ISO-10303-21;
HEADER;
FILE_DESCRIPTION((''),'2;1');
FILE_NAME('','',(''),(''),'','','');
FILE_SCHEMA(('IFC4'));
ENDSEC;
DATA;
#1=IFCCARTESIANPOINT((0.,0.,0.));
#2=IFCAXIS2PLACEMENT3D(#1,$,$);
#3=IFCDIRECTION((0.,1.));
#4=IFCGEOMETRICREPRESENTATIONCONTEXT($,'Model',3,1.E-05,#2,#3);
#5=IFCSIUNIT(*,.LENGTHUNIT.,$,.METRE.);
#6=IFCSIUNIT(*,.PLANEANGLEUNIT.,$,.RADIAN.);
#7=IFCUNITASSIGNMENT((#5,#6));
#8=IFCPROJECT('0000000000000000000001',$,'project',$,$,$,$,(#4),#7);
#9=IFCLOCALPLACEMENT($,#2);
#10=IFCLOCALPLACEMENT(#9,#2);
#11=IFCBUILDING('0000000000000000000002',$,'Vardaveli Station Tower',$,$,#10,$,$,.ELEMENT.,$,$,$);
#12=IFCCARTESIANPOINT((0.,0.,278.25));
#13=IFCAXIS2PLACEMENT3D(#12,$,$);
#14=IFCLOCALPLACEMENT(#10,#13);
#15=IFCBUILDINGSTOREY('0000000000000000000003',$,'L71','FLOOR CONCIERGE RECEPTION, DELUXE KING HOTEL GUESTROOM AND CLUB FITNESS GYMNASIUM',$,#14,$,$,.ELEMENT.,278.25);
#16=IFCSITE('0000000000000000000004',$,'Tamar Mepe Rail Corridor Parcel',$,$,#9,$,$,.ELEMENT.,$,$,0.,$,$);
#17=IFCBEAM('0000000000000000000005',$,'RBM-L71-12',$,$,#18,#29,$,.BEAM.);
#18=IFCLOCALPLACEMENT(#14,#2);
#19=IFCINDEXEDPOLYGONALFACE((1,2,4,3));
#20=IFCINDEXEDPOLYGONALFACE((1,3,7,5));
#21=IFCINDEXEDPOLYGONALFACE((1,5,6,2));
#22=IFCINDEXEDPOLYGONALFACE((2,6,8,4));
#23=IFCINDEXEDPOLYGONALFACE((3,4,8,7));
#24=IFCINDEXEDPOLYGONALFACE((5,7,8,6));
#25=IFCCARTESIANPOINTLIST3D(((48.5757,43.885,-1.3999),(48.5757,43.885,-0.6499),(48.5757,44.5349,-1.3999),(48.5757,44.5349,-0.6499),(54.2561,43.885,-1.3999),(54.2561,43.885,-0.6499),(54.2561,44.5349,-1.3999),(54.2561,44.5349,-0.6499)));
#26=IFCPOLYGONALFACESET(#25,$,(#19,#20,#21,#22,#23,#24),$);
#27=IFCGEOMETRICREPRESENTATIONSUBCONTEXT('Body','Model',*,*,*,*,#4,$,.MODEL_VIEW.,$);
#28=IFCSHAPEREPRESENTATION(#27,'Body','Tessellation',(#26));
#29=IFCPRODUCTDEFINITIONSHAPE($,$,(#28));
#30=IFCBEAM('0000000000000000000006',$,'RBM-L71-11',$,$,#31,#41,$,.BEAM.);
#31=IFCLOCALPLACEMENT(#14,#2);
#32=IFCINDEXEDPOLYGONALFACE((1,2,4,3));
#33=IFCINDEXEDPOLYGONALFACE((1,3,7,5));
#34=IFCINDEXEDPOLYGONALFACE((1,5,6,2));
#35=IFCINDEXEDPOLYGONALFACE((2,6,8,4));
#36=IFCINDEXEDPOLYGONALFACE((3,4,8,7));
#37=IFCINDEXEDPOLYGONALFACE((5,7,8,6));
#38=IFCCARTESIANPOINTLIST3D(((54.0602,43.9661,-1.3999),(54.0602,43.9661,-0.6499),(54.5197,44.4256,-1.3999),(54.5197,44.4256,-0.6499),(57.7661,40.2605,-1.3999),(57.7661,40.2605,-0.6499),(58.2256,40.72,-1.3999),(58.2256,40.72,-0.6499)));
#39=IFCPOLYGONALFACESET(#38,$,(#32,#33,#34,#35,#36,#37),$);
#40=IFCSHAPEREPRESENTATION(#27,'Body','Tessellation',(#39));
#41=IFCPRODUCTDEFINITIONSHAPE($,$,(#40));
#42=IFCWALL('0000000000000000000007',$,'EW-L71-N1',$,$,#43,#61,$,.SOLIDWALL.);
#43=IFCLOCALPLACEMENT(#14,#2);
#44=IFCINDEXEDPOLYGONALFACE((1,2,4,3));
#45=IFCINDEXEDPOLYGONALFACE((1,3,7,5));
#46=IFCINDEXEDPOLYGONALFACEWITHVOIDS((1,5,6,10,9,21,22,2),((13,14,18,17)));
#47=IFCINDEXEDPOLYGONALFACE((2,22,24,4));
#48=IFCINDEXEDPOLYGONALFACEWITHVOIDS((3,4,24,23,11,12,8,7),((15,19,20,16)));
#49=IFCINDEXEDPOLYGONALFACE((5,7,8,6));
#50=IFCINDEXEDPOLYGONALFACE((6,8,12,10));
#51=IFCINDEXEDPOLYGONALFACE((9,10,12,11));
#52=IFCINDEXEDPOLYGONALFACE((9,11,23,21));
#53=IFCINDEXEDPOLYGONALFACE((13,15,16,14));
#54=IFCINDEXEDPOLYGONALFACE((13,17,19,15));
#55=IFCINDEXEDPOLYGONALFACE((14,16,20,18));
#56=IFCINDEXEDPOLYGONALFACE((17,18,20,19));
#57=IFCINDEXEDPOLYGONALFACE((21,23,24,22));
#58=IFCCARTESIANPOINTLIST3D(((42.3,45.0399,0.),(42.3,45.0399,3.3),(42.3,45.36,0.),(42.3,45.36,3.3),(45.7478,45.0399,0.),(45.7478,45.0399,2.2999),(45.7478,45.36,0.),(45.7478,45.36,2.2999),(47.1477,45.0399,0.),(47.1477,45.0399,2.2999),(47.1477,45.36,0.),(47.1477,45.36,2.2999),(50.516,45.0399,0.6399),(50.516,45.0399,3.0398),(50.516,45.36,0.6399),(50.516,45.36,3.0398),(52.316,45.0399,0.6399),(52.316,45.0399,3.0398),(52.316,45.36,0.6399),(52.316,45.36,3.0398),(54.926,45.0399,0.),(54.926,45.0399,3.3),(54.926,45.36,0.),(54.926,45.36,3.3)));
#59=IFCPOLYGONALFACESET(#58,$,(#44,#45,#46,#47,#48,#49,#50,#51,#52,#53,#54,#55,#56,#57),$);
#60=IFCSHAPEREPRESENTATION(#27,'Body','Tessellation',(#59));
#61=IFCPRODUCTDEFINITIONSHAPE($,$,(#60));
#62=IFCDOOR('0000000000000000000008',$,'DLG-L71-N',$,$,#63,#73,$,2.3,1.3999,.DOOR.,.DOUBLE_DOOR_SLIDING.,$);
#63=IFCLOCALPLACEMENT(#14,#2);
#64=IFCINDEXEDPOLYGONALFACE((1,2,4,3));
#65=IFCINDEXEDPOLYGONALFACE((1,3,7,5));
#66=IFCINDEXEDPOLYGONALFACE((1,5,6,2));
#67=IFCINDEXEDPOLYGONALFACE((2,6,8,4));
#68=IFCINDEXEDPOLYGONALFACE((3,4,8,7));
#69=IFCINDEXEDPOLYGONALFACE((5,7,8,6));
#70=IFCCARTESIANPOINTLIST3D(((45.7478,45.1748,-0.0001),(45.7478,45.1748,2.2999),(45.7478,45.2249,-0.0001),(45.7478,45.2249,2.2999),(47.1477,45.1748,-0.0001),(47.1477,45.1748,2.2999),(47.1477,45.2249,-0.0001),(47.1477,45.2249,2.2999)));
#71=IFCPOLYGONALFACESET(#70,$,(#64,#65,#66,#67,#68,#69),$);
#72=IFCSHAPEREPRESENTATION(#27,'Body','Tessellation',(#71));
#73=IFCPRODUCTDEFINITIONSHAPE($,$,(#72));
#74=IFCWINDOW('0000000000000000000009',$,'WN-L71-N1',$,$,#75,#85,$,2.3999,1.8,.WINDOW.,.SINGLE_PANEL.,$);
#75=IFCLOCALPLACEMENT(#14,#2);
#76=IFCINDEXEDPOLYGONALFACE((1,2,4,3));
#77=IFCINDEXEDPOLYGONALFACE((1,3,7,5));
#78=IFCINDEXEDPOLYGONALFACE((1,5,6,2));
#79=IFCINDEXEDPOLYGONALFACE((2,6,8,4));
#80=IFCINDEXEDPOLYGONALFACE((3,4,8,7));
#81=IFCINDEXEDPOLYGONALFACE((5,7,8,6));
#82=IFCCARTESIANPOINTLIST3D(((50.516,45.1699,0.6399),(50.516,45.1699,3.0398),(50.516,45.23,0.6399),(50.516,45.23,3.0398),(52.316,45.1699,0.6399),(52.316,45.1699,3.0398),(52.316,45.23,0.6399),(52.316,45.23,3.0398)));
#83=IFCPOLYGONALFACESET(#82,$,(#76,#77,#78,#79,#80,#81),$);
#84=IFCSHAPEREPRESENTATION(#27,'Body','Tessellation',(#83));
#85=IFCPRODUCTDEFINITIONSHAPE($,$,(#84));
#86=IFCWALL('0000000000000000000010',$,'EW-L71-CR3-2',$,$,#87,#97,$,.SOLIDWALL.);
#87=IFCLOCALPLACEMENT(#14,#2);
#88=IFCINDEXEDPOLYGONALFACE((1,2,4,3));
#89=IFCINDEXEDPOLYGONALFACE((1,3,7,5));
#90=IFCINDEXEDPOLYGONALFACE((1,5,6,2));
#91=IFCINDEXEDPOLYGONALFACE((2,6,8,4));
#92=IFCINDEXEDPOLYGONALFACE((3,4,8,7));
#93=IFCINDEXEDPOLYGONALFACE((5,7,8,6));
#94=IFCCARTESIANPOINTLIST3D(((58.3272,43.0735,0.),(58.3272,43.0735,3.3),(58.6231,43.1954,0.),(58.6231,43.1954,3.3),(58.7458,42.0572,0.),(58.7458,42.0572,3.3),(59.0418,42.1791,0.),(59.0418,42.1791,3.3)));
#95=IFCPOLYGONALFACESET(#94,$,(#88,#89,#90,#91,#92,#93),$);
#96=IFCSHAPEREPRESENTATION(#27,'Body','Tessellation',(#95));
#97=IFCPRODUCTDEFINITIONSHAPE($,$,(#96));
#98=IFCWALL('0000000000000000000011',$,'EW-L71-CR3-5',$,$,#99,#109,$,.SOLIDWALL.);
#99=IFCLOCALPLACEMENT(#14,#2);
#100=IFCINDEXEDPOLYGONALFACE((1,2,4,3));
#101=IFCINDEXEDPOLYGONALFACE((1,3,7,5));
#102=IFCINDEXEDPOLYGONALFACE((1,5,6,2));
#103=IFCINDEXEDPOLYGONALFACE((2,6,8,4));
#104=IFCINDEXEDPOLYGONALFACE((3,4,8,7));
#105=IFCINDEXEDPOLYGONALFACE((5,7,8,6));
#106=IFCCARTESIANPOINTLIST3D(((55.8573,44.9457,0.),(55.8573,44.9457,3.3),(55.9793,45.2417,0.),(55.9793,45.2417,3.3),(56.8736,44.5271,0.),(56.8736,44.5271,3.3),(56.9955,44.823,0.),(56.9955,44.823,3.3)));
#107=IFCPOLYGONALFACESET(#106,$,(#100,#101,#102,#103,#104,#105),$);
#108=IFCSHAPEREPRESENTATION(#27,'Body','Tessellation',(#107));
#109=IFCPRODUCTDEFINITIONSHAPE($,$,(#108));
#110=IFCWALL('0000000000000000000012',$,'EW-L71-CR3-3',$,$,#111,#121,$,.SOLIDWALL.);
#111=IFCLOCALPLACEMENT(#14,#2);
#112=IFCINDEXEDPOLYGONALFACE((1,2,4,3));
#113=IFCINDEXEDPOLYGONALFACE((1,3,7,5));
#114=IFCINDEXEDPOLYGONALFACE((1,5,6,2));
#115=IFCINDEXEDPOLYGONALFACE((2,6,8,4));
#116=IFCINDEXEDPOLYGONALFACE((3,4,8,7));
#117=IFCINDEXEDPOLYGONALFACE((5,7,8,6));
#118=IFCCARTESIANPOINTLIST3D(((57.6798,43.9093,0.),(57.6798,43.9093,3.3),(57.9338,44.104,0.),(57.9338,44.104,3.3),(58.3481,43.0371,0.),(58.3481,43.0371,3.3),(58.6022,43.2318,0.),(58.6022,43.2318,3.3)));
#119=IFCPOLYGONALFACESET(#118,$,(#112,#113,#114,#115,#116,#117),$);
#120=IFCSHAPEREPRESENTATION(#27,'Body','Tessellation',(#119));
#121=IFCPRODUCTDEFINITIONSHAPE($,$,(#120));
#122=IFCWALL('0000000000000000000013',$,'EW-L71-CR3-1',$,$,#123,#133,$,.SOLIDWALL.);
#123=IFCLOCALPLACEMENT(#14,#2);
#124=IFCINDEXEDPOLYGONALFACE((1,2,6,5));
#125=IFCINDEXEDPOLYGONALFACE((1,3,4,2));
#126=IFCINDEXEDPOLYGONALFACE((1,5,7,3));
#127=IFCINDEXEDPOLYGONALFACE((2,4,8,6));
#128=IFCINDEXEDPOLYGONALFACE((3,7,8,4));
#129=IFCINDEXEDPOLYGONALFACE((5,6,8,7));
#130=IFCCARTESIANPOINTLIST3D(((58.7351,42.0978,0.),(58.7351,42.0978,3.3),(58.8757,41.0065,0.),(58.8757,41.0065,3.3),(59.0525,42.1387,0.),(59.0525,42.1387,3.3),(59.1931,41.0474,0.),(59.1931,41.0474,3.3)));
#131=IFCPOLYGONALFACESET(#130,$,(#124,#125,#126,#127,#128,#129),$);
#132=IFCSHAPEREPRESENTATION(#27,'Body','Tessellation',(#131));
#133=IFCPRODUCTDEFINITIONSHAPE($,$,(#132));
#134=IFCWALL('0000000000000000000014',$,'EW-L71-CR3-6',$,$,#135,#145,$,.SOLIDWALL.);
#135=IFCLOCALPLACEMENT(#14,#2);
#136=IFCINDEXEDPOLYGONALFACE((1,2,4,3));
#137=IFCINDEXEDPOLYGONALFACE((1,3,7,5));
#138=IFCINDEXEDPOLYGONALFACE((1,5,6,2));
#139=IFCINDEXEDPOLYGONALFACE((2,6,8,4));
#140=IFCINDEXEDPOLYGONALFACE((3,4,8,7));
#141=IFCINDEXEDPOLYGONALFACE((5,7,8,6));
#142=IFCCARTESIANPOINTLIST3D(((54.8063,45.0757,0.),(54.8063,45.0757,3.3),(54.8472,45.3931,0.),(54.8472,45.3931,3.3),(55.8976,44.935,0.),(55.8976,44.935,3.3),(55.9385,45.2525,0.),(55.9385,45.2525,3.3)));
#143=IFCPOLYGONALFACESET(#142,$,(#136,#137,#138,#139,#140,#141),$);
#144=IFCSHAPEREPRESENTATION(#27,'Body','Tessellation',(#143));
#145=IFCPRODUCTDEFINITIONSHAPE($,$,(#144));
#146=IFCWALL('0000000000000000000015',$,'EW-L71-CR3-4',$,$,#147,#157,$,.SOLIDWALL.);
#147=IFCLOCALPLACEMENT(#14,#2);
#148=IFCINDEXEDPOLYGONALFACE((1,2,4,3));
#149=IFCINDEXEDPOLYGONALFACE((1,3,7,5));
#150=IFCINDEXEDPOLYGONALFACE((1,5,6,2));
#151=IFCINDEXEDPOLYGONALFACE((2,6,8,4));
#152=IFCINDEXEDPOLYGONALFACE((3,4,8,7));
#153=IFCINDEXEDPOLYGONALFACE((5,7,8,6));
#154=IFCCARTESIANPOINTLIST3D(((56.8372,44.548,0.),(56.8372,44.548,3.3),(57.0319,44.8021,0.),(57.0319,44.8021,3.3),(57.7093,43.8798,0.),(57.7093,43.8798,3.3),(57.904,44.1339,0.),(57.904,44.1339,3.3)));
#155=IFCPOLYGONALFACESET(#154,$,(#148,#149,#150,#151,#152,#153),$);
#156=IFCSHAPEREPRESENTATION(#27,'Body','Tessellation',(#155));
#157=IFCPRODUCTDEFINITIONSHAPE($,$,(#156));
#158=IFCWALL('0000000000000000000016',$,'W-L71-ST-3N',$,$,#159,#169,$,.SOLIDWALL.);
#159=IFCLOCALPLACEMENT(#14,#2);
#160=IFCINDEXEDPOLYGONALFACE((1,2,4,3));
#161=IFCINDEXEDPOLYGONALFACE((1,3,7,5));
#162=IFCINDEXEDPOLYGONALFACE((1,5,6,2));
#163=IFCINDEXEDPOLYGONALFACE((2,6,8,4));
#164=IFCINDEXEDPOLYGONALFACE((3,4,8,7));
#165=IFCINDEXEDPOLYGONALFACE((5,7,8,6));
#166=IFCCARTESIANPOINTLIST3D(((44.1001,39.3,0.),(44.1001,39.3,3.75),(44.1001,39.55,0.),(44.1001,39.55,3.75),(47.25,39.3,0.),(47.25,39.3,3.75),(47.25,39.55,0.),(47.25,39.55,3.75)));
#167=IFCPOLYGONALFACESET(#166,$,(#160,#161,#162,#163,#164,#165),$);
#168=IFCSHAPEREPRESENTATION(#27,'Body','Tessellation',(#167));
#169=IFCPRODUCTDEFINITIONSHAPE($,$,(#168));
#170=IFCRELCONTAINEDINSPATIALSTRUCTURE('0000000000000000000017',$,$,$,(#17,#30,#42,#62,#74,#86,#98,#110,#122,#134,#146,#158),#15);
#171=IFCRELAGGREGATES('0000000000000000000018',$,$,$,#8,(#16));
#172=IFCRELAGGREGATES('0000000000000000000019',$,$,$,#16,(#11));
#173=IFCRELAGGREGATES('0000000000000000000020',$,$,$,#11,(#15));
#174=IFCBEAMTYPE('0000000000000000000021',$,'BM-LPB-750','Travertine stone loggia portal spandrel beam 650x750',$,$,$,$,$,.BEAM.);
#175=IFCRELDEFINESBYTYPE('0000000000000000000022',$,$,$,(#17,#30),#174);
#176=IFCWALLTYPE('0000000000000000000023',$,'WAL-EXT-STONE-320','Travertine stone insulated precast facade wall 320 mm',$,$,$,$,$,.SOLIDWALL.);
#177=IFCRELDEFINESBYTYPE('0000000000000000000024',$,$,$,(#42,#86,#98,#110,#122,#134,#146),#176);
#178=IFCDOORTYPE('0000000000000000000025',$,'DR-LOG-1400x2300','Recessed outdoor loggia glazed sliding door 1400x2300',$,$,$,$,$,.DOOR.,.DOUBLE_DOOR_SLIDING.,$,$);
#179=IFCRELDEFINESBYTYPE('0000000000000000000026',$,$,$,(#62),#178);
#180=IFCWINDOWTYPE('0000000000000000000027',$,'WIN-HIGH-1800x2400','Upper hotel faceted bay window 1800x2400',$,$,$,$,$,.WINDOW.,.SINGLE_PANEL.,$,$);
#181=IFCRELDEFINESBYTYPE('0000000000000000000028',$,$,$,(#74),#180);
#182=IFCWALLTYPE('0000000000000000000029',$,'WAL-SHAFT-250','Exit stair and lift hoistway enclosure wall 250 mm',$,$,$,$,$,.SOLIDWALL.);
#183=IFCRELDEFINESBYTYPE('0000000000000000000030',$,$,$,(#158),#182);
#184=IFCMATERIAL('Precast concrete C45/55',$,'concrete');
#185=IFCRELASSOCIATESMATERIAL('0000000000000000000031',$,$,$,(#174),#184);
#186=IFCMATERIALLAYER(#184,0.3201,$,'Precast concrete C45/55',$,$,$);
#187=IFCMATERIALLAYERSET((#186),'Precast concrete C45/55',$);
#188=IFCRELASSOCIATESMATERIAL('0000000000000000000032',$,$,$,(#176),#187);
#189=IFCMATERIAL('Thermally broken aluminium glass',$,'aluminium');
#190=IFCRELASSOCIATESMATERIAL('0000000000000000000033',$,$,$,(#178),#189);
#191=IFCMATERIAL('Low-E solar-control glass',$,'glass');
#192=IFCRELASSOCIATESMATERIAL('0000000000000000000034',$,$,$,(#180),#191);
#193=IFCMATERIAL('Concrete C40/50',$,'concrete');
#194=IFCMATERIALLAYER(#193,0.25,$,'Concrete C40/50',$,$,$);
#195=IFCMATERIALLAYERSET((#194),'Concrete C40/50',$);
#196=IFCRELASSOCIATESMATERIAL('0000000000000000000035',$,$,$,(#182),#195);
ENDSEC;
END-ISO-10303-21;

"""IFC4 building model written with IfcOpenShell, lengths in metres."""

from ifc_helpers import new_model, si_unit, direction, frame, frame_2d, origin, origin_2d, place, context, subcontext, project, spatial, rectangle, extrude, source, transform, mapped, material, layer, layer_set, material_profile, profile_set, type_object, element, fill, save


model = new_model("IFC4")

# Units and contexts
model_context = context("Model", 3, precision=1e-05, world=origin(), true_north=direction((0.0, 1.0)))
body_context = subcontext(model_context, "Body", "Model", "MODEL_VIEW")
ifc_project = project(units=[si_unit("LENGTHUNIT", "METRE"), si_unit("PLANEANGLEUNIT", "RADIAN")], contexts=[model_context])

# Site, building, storey
site_placement = place(None, origin())
site = spatial("IfcSite", under=ifc_project, at=site_placement, Name="Tamar Mepe Rail Corridor Parcel", CompositionType="ELEMENT", RefElevation=0.0)
building_placement = place(site_placement, origin())
building = spatial("IfcBuilding", under=site, at=building_placement, Name="Vardaveli Station Tower", CompositionType="ELEMENT")
storey_placement = place(building_placement, frame((0.0, 0.0, 278.25)))
storey = spatial("IfcBuildingStorey", under=building, at=storey_placement, Name="L71", Description="FLOOR CONCIERGE RECEPTION, DELUXE KING HOTEL GUESTROOM AND CLUB FITNESS GYMNASIUM", CompositionType="ELEMENT", Elevation=278.25)

# Beams
ifc_material_1 = material(Name="Precast concrete C45/55", Category="concrete")
ifc_material_profile_1 = material_profile(ifc_material_1, rectangle(XDim=0.6499, YDim=0.75, at=origin_2d()), Name="LPB 650x750")
ifc_profile_set_1 = profile_set([ifc_material_profile_1], Name="Precast concrete C45/55")
beam_type = type_object("IfcBeamType", Name="BM-LPB-750", Description="Travertine stone loggia portal spandrel beam 650x750", PredefinedType="BEAM", material=ifc_profile_set_1)
shared_shape_1 = source(origin(), body_context, "Body", "SweptSolid", [
    extrude(rectangle(XDim=0.6499, YDim=0.75, at=origin_2d()), origin(), (0.0, 0.0, 1.0), 5.6804),
])
beam_1_placement = place(storey_placement, frame((54.2561, 44.21, -1.0249), z_axis=(-1.0, 0.0, 0.0), x_axis=(0.0, -1.0, 0.0)))
element("IfcBeam", 1, at=beam_1_placement, inside=storey, type_object=beam_type, Name="RBM-L71-12", PredefinedType="BEAM", context=body_context, shape_type="MappedRepresentation", body=[
    mapped(shared_shape_1, transform((0.0, 0.0, 0.0), scale=1.0)),
])
shared_shape_2 = source(origin(), body_context, "Body", "SweptSolid", [
    extrude(rectangle(XDim=0.6499, YDim=0.75, at=origin_2d()), origin(), (0.0, 0.0, 1.0), 5.2407),
])
beam_2_placement = place(storey_placement, frame((57.9958, 40.4902, -1.0249), z_axis=(-0.70713, 0.707083, 0.0), x_axis=(-0.707083, -0.70713, 0.0)))
element("IfcBeam", 2, at=beam_2_placement, inside=storey, type_object=beam_type, Name="RBM-L71-11", PredefinedType="BEAM", context=body_context, shape_type="MappedRepresentation", body=[
    mapped(shared_shape_2, transform((0.0, 0.0, 0.0), scale=1.0)),
])

# Wall, openings, door, window
ifc_layer_1 = layer(ifc_material_1, 0.3201, Name="Precast concrete C45/55")
ifc_layer_set_1 = layer_set([ifc_layer_1], Name="Precast concrete C45/55")
wall_type_1 = type_object("IfcWallType", Name="WAL-EXT-STONE-320", Description="Travertine stone insulated precast facade wall 320 mm", PredefinedType="SOLIDWALL", material=ifc_layer_set_1)
shared_shape_3 = source(origin(), body_context, "Body", "SweptSolid", [
    extrude(rectangle(XDim=12.626, YDim=0.3201, at=frame_2d((6.313, 0.0))), origin(), (0.0, 0.0, 1.0), 3.3),
])
wall_1_placement = place(storey_placement, frame((54.926, 45.2, 0.0), z_axis=(0.0, 0.0, 1.0), x_axis=(-1.0, 0.0, 0.0)))
wall_1 = element("IfcWall", 3, at=wall_1_placement, inside=storey, type_object=wall_type_1, Name="EW-L71-N1", PredefinedType="SOLIDWALL", context=body_context, shape_type="MappedRepresentation", body=[
    mapped(shared_shape_3, transform((0.0, 0.0, 0.0), scale=1.0)),
])
shared_shape_4 = source(origin(), body_context, "Body", "SweptSolid", [
    extrude(rectangle(XDim=1.3999, YDim=2.3, at=frame_2d((0.7, 1.1499))), frame((0.0, 0.1699, 0.0), z_axis=(0.0, -1.0, 0.0), x_axis=(1.0, 0.0, 0.0)), (0.0, 0.0, 1.0), 0.3401),
])
opening_1_placement = place(wall_1_placement, frame((7.7783, 0.0, 0.0)))
opening_1 = element("IfcOpeningElement", 4, at=opening_1_placement, cuts=wall_1, PredefinedType="OPENING", context=body_context, shape_type="MappedRepresentation", body=[
    mapped(shared_shape_4, transform((0.0, 0.0, 0.0), scale=1.0)),
])
shared_shape_5 = source(origin(), body_context, "Body", "SweptSolid", [
    extrude(rectangle(XDim=1.8, YDim=2.3999, at=frame_2d((0.8999, 1.2))), frame((0.0, 0.1699, 0.0), z_axis=(0.0, -1.0, 0.0), x_axis=(1.0, 0.0, 0.0)), (0.0, 0.0, 1.0), 0.3401),
])
opening_2_placement = place(wall_1_placement, frame((2.6101, 0.0, 0.6399)))
opening_2 = element("IfcOpeningElement", 5, at=opening_2_placement, cuts=wall_1, PredefinedType="OPENING", context=body_context, shape_type="MappedRepresentation", body=[
    mapped(shared_shape_5, transform((0.0, 0.0, 0.0), scale=1.0)),
])
ifc_material_2 = material(Name="Thermally broken aluminium glass", Category="aluminium")
door_type = type_object("IfcDoorType", Name="DR-LOG-1400x2300", Description="Recessed outdoor loggia glazed sliding door 1400x2300", OperationType="DOUBLE_DOOR_SLIDING", PredefinedType="DOOR", material=ifc_material_2)
shared_shape_6 = source(origin(), body_context, "Body", "SweptSolid", [
    extrude(rectangle(XDim=1.3999, YDim=2.3, at=frame_2d((0.7, 1.1499))), frame((0.0, 0.0249, 0.0), z_axis=(0.0, -1.0, 0.0), x_axis=(1.0, 0.0, 0.0)), (0.0, 0.0, 1.0), 0.05),
])
door_placement = place(opening_1_placement, frame((1.3999, 0.0, 0.0), z_axis=(0.0, 0.0, 1.0), x_axis=(-1.0, 0.0, 0.0)))
door = element("IfcDoor", 6, at=door_placement, inside=storey, type_object=door_type, Name="DLG-L71-N", OperationType="DOUBLE_DOOR_SLIDING", OverallHeight=2.3, OverallWidth=1.3999, PredefinedType="DOOR", context=body_context, shape_type="MappedRepresentation", body=[
    mapped(shared_shape_6, transform((0.0, 0.0, 0.0), scale=1.0)),
])
fill(opening_1, door)
ifc_material_3 = material(Name="Low-E solar-control glass", Category="glass")
window_type = type_object("IfcWindowType", Name="WIN-HIGH-1800x2400", Description="Upper hotel faceted bay window 1800x2400", PartitioningType="SINGLE_PANEL", PredefinedType="WINDOW", material=ifc_material_3)
shared_shape_7 = source(origin(), body_context, "Body", "SweptSolid", [
    extrude(rectangle(XDim=1.8, YDim=2.3999, at=frame_2d((0.8999, 1.2))), frame((0.0, 0.03, 0.0), z_axis=(0.0, -1.0, 0.0), x_axis=(1.0, 0.0, 0.0)), (0.0, 0.0, 1.0), 0.0601),
])
window_placement = place(opening_2_placement, origin())
window = element("IfcWindow", 7, at=window_placement, inside=storey, type_object=window_type, Name="WN-L71-N1", OverallHeight=2.3999, OverallWidth=1.8, PartitioningType="SINGLE_PANEL", PredefinedType="WINDOW", context=body_context, shape_type="MappedRepresentation", body=[
    mapped(shared_shape_7, transform((0.0, 0.0, 0.0), scale=1.0)),
])
fill(opening_2, window)

# Walls
shared_shape_8 = source(origin(), body_context, "Body", "SweptSolid", [
    extrude(rectangle(XDim=1.0991, YDim=0.3201, at=frame_2d((0.5496, 0.0))), origin(), (0.0, 0.0, 1.0), 3.3),
])
for number, where, z_axis, x_axis, name in (
    (8, (58.8938, 42.1182, 0.0), (0.0, 0.0, 1.0), (-0.380906, 0.924614, 0.0), "EW-L71-CR3-2"),
    (9, (56.9346, 44.675, 0.0), (0.0, 0.0, 1.0), (-0.924614, 0.380906, 0.0), "EW-L71-CR3-5"),
):
    element("IfcWall", number, at=place(storey_placement, frame(where, z_axis=z_axis, x_axis=x_axis)), inside=storey, type_object=wall_type_1, Name=name, PredefinedType="SOLIDWALL", context=body_context, shape_type="MappedRepresentation", body=[
        mapped(shared_shape_8, transform((0.0, 0.0, 0.0), scale=1.0)),
    ])
shared_shape_9 = source(origin(), body_context, "Body", "SweptSolid", [
    extrude(rectangle(XDim=1.0989, YDim=0.3201, at=frame_2d((0.5493, 0.0))), origin(), (0.0, 0.0, 1.0), 3.3),
])
wall_2_placement = place(storey_placement, frame((58.4751, 43.1345, 0.0), z_axis=(0.0, 0.0, 1.0), x_axis=(-0.60825, 0.793746, 0.0)))
element("IfcWall", 10, at=wall_2_placement, inside=storey, type_object=wall_type_1, Name="EW-L71-CR3-3", PredefinedType="SOLIDWALL", context=body_context, shape_type="MappedRepresentation", body=[
    mapped(shared_shape_9, transform((0.0, 0.0, 0.0), scale=1.0)),
])
shared_shape_10 = source(origin(), body_context, "Body", "SweptSolid", [
    extrude(rectangle(XDim=1.1003, YDim=0.3201, at=frame_2d((0.5503, 0.0))), origin(), (0.0, 0.0, 1.0), 3.3),
])
for number, where, z_axis, x_axis, name in (
    (11, (59.0344, 41.0269, 0.0), (0.0, 0.0, 1.0), (-0.127802, 0.9918, 0.0), "EW-L71-CR3-1"),
    (12, (55.9182, 45.0938, 0.0), (0.0, 0.0, 1.0), (-0.9918, 0.127802, 0.0), "EW-L71-CR3-6"),
):
    element("IfcWall", number, at=place(storey_placement, frame(where, z_axis=z_axis, x_axis=x_axis)), inside=storey, type_object=wall_type_1, Name=name, PredefinedType="SOLIDWALL", context=body_context, shape_type="MappedRepresentation", body=[
        mapped(shared_shape_10, transform((0.0, 0.0, 0.0), scale=1.0)),
    ])
shared_shape_11 = source(origin(), body_context, "Body", "SweptSolid", [
    extrude(rectangle(XDim=1.0986, YDim=0.3201, at=frame_2d((0.5493, 0.0))), origin(), (0.0, 0.0, 1.0), 3.3),
])
wall_3_placement = place(storey_placement, frame((57.8066, 44.0068, 0.0), z_axis=(0.0, 0.0, 1.0), x_axis=(-0.793771, 0.608217, 0.0)))
element("IfcWall", 13, at=wall_3_placement, inside=storey, type_object=wall_type_1, Name="EW-L71-CR3-4", PredefinedType="SOLIDWALL", context=body_context, shape_type="MappedRepresentation", body=[
    mapped(shared_shape_11, transform((0.0, 0.0, 0.0), scale=1.0)),
])
ifc_material_4 = material(Name="Concrete C40/50", Category="concrete")
ifc_layer_2 = layer(ifc_material_4, 0.25, Name="Concrete C40/50")
ifc_layer_set_2 = layer_set([ifc_layer_2], Name="Concrete C40/50")
wall_type_2 = type_object("IfcWallType", Name="WAL-SHAFT-250", Description="Exit stair and lift hoistway enclosure wall 250 mm", PredefinedType="SOLIDWALL", material=ifc_layer_set_2)
shared_shape_12 = source(origin(), body_context, "Body", "SweptSolid", [
    extrude(rectangle(XDim=3.1499, YDim=0.25, at=frame_2d((1.575, 0.0))), origin(), (0.0, 0.0, 1.0), 3.75),
])
wall_4_placement = place(storey_placement, frame((44.1001, 39.425, 0.0), z_axis=(0.0, 0.0, 1.0), x_axis=(1.0, 0.0, 0.0)))
element("IfcWall", 14, at=wall_4_placement, inside=storey, type_object=wall_type_2, Name="W-L71-ST-3N", PredefinedType="SOLIDWALL", context=body_context, shape_type="MappedRepresentation", body=[
    mapped(shared_shape_12, transform((0.0, 0.0, 0.0), scale=1.0)),
])

save(model, "model.ifc")
